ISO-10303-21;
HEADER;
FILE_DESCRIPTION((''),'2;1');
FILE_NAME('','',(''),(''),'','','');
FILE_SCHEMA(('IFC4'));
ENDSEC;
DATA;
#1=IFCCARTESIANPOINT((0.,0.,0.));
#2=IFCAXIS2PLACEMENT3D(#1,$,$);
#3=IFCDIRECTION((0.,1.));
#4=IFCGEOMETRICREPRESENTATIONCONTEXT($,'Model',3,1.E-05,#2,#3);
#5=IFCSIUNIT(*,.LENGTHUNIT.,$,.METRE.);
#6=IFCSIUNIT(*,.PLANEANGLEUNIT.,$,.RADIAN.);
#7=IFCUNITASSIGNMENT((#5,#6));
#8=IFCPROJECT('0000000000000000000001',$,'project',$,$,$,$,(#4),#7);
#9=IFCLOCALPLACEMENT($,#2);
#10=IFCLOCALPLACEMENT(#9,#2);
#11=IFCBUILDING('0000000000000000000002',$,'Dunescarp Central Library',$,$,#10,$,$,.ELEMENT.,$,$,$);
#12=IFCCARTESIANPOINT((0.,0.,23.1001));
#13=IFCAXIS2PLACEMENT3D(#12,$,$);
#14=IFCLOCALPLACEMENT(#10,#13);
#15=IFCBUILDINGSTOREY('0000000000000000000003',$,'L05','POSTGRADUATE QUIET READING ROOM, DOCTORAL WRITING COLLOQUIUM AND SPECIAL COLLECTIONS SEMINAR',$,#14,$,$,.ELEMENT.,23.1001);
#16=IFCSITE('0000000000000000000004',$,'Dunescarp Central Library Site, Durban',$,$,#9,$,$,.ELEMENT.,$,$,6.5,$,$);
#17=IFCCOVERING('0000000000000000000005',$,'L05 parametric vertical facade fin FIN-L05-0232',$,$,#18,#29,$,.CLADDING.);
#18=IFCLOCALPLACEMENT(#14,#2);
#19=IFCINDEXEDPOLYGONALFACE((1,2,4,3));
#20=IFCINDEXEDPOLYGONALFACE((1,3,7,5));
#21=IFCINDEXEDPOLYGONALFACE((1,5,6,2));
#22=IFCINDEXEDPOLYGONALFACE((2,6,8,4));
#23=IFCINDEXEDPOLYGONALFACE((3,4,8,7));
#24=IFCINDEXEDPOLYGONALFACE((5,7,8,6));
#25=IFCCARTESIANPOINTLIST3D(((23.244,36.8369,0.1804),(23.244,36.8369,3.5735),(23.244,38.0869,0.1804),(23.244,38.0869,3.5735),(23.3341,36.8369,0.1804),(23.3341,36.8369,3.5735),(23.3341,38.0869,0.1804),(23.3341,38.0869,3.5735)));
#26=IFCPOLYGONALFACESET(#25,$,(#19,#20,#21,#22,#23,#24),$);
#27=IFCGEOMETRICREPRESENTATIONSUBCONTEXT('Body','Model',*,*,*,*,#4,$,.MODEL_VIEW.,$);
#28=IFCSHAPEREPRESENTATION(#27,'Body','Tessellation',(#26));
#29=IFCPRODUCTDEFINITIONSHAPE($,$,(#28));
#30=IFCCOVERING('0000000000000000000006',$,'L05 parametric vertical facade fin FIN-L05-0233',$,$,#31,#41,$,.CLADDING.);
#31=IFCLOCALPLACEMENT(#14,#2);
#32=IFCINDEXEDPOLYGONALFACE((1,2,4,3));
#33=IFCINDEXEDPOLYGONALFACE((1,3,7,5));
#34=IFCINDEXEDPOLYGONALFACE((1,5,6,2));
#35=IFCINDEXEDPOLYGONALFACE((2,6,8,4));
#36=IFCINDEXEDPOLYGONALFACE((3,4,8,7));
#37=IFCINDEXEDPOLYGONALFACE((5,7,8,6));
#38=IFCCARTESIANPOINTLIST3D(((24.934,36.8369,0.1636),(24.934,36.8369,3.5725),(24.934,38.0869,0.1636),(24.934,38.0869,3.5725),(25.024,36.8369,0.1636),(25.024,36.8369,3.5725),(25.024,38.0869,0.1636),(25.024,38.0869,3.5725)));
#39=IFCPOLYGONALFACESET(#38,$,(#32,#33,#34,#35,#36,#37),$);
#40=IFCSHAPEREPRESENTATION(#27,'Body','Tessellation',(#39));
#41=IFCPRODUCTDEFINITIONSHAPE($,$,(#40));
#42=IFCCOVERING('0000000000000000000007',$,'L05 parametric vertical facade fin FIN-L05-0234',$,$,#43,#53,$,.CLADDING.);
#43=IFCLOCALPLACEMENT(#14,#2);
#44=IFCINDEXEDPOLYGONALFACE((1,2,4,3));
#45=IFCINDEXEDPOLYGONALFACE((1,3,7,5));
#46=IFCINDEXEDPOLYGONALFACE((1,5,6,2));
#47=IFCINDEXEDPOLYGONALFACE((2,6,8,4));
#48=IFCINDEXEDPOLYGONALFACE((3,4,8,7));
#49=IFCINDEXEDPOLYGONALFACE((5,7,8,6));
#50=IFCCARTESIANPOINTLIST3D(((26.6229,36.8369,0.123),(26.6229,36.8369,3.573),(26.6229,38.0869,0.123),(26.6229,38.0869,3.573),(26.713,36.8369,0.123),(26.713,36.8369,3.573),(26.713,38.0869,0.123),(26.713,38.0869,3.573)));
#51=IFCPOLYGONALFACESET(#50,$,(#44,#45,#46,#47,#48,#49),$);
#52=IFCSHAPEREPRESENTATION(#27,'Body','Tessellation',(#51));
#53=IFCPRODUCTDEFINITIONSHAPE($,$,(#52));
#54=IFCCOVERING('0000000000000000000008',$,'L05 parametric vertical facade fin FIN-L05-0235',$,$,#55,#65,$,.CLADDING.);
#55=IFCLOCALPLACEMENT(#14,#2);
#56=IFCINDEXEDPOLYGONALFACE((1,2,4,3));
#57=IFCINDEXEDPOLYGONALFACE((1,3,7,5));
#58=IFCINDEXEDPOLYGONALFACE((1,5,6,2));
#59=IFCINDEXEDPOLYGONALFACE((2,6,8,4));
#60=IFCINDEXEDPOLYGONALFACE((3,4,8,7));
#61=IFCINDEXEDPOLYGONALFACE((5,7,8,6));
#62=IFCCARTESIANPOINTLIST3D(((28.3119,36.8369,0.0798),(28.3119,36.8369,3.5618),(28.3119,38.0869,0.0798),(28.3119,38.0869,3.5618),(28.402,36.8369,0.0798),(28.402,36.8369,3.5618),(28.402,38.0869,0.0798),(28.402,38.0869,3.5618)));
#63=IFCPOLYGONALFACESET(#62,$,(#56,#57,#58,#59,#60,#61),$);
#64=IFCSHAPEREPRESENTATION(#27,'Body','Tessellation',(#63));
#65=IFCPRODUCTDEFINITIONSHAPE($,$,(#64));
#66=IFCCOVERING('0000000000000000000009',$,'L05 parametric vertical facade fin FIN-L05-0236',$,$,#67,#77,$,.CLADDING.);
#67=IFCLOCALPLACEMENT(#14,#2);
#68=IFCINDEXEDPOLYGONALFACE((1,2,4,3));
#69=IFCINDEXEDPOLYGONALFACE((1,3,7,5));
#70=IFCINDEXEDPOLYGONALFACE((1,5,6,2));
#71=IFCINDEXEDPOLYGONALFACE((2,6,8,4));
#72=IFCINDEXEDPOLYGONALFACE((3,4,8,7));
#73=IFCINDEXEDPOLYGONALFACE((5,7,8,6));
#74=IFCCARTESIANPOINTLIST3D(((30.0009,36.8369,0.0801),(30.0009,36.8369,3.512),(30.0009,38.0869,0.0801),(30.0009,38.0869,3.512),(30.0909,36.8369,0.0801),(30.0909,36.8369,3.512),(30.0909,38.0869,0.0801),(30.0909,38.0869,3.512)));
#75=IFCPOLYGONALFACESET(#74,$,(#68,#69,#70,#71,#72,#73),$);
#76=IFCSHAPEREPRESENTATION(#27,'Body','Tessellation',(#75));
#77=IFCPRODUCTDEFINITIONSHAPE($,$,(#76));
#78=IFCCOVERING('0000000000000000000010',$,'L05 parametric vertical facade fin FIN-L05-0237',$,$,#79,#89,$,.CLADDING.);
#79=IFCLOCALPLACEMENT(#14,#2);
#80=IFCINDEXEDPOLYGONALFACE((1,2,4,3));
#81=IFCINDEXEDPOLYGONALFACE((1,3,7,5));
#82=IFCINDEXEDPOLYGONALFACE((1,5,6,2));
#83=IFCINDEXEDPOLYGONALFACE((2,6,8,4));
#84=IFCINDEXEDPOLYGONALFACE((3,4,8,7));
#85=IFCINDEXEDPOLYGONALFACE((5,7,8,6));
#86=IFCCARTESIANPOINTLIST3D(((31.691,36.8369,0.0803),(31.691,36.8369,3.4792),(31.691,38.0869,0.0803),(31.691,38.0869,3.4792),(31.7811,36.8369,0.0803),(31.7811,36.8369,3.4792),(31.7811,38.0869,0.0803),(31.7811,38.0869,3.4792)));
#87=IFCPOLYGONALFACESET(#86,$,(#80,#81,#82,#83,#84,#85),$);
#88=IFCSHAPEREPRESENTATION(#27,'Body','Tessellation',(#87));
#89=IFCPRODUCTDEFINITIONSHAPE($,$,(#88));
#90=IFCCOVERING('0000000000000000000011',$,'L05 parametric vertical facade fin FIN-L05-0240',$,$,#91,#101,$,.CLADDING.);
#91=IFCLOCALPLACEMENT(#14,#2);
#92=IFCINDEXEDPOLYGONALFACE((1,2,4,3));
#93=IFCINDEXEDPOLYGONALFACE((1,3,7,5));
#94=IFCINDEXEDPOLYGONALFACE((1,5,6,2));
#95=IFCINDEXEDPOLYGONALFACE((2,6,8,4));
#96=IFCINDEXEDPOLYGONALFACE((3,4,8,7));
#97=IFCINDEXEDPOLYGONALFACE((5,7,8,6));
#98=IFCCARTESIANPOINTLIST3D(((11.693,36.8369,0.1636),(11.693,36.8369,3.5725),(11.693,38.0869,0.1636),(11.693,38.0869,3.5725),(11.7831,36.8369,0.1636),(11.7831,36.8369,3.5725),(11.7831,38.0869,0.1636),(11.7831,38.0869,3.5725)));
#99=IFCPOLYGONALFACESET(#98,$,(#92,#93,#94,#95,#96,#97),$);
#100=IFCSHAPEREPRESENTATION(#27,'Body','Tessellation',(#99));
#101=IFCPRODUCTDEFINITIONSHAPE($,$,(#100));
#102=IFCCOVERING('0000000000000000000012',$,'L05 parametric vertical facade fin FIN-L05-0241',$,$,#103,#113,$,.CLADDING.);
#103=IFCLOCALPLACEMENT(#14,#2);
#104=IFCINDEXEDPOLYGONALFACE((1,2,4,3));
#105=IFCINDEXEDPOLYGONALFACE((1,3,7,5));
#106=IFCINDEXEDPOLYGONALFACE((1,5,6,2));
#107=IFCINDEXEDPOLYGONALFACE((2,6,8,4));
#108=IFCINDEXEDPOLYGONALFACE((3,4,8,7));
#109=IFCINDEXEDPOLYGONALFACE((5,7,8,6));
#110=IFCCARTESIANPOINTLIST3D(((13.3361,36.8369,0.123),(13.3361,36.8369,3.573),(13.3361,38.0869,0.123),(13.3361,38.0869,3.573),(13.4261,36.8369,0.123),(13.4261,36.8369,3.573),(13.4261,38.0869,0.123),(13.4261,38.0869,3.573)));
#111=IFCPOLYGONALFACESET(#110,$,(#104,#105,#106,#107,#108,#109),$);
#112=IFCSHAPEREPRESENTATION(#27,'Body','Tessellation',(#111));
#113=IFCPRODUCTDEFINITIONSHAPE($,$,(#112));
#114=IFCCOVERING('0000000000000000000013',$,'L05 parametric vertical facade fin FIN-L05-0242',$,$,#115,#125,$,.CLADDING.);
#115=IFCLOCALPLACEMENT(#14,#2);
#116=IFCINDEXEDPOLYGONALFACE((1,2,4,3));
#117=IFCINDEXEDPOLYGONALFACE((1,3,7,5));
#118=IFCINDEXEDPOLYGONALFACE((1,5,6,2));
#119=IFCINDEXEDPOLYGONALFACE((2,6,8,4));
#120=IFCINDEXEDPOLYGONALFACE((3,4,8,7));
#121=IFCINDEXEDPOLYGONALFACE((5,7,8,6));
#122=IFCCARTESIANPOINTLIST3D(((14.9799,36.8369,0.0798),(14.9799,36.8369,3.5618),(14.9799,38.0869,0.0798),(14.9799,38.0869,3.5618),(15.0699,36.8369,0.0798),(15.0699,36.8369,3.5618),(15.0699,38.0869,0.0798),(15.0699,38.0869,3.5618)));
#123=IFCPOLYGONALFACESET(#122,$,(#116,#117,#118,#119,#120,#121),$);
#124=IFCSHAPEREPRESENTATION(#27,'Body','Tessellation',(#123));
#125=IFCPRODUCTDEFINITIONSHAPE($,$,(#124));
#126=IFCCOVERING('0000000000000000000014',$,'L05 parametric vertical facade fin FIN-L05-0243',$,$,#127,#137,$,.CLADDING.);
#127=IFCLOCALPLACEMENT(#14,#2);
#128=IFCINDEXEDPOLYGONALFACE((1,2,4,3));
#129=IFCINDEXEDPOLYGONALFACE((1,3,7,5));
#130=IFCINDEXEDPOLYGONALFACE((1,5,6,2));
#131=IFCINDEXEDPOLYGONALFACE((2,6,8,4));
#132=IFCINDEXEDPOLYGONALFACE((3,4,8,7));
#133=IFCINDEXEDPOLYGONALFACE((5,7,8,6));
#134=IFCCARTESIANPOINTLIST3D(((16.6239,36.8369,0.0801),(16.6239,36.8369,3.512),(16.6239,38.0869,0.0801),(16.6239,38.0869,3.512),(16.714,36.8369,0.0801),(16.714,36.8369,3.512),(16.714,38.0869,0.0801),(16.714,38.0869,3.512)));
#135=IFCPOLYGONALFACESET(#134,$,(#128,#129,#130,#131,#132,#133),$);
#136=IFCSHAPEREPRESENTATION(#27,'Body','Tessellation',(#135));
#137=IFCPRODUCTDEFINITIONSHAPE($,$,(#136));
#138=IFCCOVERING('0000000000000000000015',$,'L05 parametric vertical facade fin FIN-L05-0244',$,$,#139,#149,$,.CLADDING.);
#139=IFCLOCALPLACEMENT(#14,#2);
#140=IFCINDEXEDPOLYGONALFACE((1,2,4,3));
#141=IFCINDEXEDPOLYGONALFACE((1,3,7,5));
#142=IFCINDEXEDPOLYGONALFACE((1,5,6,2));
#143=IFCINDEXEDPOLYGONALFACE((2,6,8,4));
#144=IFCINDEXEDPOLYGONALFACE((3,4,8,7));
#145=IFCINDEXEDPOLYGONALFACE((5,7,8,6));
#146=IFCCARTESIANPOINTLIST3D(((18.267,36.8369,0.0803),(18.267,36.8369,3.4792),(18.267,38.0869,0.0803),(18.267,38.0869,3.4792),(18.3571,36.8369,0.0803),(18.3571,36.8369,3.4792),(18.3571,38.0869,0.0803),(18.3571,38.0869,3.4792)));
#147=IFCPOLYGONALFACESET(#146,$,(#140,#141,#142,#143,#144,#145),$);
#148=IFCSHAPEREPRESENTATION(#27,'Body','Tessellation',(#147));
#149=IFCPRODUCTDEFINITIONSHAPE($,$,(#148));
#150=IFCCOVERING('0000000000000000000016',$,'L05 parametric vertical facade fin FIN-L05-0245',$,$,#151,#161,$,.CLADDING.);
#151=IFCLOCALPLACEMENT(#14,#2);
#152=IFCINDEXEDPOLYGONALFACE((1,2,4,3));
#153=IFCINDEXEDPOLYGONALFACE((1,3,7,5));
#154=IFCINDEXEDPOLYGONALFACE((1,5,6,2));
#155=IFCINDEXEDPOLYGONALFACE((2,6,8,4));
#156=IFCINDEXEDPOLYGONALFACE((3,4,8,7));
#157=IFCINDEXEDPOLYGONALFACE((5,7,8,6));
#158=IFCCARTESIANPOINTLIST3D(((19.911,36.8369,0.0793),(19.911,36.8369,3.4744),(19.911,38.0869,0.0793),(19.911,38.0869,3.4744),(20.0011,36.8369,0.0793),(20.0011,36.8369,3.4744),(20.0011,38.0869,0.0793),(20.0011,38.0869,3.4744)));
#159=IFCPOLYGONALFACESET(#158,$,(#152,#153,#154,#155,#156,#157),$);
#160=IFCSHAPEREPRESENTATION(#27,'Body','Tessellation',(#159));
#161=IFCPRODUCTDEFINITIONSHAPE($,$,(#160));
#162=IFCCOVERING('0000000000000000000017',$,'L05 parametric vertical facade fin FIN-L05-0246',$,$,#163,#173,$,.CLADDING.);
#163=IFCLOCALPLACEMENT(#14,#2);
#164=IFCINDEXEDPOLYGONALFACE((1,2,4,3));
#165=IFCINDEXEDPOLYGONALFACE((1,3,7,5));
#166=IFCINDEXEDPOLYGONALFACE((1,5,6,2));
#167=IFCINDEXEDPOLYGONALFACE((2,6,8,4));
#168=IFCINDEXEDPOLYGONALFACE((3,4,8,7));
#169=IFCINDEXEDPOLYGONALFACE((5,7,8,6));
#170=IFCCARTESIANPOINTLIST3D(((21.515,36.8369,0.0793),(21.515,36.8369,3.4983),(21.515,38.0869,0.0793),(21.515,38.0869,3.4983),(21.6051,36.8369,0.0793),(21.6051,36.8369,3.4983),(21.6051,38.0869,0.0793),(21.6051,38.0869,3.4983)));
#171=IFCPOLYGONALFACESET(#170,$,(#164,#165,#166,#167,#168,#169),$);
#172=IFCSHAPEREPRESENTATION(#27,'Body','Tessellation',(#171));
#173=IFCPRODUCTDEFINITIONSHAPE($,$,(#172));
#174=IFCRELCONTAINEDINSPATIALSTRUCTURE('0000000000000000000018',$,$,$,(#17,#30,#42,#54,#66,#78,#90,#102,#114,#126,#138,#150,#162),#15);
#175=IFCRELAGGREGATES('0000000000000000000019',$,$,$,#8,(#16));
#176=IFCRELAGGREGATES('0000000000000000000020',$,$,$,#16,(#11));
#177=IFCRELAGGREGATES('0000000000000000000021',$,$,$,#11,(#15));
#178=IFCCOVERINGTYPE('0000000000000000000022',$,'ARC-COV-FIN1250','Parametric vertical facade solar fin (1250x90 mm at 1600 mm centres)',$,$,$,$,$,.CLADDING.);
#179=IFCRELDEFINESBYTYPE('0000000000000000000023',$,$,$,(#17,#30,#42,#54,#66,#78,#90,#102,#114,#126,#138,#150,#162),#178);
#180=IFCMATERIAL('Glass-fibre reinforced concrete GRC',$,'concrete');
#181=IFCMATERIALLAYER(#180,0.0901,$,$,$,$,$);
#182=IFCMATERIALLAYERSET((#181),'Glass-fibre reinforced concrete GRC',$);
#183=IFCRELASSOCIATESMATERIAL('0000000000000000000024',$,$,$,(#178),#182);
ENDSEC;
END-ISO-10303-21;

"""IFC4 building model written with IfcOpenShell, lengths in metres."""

from ifc_helpers import new_model, si_unit, direction, frame, origin, origin_2d, place, context, subcontext, project, spatial, rectangle, extrude, material, layer, layer_set, type_object, element, save


model = new_model("IFC4")

# Units and contexts
model_context = context("Model", 3, precision=1e-05, world=origin(), true_north=direction((0.0, 1.0)))
body_context = subcontext(model_context, "Body", "Model", "MODEL_VIEW")
ifc_project = project(units=[si_unit("LENGTHUNIT", "METRE"), si_unit("PLANEANGLEUNIT", "RADIAN")], contexts=[model_context])

# Site, building, storey
site_placement = place(None, origin())
site = spatial("IfcSite", under=ifc_project, at=site_placement, Name="Dunescarp Central Library Site, Durban", CompositionType="ELEMENT", RefElevation=6.5)
building_placement = place(site_placement, origin())
building = spatial("IfcBuilding", under=site, at=building_placement, Name="Dunescarp Central Library", CompositionType="ELEMENT")
storey_placement = place(building_placement, frame((0.0, 0.0, 23.1001)))
storey = spatial("IfcBuildingStorey", under=building, at=storey_placement, Name="L05", Description="POSTGRADUATE QUIET READING ROOM, DOCTORAL WRITING COLLOQUIUM AND SPECIAL COLLECTIONS SEMINAR", CompositionType="ELEMENT", Elevation=23.1001)

# Coverings
ifc_material_1 = material(Name="Glass-fibre reinforced concrete GRC", Category="concrete")
ifc_layer = layer(ifc_material_1, 0.0901)
ifc_layer_set = layer_set([ifc_layer], Name="Glass-fibre reinforced concrete GRC")
covering_type = type_object("IfcCoveringType", Name="ARC-COV-FIN1250", Description="Parametric vertical facade solar fin (1250x90 mm at 1600 mm centres)", PredefinedType="CLADDING", material=ifc_layer_set)
covering_1_placement = place(storey_placement, frame((23.2891, 37.4619, 0.1804), z_axis=(0.0, 0.0, 1.0), x_axis=(0.0, 1.0, 0.0)))
element("IfcCovering", 1, at=covering_1_placement, inside=storey, type_object=covering_type, Name="L05 parametric vertical facade fin FIN-L05-0232", PredefinedType="CLADDING", context=body_context, shape_type="SweptSolid", body=[
    extrude(rectangle(XDim=1.25, YDim=0.0901, at=origin_2d()), origin(), (0.0, 0.0, 1.0), 3.3931),
])
covering_2_placement = place(storey_placement, frame((24.979, 37.4619, 0.1636), z_axis=(0.0, 0.0, 1.0), x_axis=(0.0, 1.0, 0.0)))
element("IfcCovering", 2, at=covering_2_placement, inside=storey, type_object=covering_type, Name="L05 parametric vertical facade fin FIN-L05-0233", PredefinedType="CLADDING", context=body_context, shape_type="SweptSolid", body=[
    extrude(rectangle(XDim=1.25, YDim=0.0901, at=origin_2d()), origin(), (0.0, 0.0, 1.0), 3.4089),
])
covering_3_placement = place(storey_placement, frame((26.668, 37.4619, 0.123), z_axis=(0.0, 0.0, 1.0), x_axis=(0.0, 1.0, 0.0)))
element("IfcCovering", 3, at=covering_3_placement, inside=storey, type_object=covering_type, Name="L05 parametric vertical facade fin FIN-L05-0234", PredefinedType="CLADDING", context=body_context, shape_type="SweptSolid", body=[
    extrude(rectangle(XDim=1.25, YDim=0.0901, at=origin_2d()), origin(), (0.0, 0.0, 1.0), 3.45),
])
covering_4_placement = place(storey_placement, frame((28.3569, 37.4619, 0.0798), z_axis=(0.0, 0.0, 1.0), x_axis=(0.0, 1.0, 0.0)))
element("IfcCovering", 4, at=covering_4_placement, inside=storey, type_object=covering_type, Name="L05 parametric vertical facade fin FIN-L05-0235", PredefinedType="CLADDING", context=body_context, shape_type="SweptSolid", body=[
    extrude(rectangle(XDim=1.25, YDim=0.0901, at=origin_2d()), origin(), (0.0, 0.0, 1.0), 3.4819),
])
covering_5_placement = place(storey_placement, frame((30.0459, 37.4619, 0.0801), z_axis=(0.0, 0.0, 1.0), x_axis=(0.0, 1.0, 0.0)))
element("IfcCovering", 5, at=covering_5_placement, inside=storey, type_object=covering_type, Name="L05 parametric vertical facade fin FIN-L05-0236", PredefinedType="CLADDING", context=body_context, shape_type="SweptSolid", body=[
    extrude(rectangle(XDim=1.25, YDim=0.0901, at=origin_2d()), origin(), (0.0, 0.0, 1.0), 3.4319),
])
covering_6_placement = place(storey_placement, frame((31.7361, 37.4619, 0.0803), z_axis=(0.0, 0.0, 1.0), x_axis=(0.0, 1.0, 0.0)))
element("IfcCovering", 6, at=covering_6_placement, inside=storey, type_object=covering_type, Name="L05 parametric vertical facade fin FIN-L05-0237", PredefinedType="CLADDING", context=body_context, shape_type="SweptSolid", body=[
    extrude(rectangle(XDim=1.25, YDim=0.0901, at=origin_2d()), origin(), (0.0, 0.0, 1.0), 3.3989),
])
covering_7_placement = place(storey_placement, frame((11.738, 37.4619, 0.1636), z_axis=(0.0, 0.0, 1.0), x_axis=(0.0, 1.0, 0.0)))
element("IfcCovering", 7, at=covering_7_placement, inside=storey, type_object=covering_type, Name="L05 parametric vertical facade fin FIN-L05-0240", PredefinedType="CLADDING", context=body_context, shape_type="SweptSolid", body=[
    extrude(rectangle(XDim=1.25, YDim=0.0901, at=origin_2d()), origin(), (0.0, 0.0, 1.0), 3.4089),
])
covering_8_placement = place(storey_placement, frame((13.3811, 37.4619, 0.123), z_axis=(0.0, 0.0, 1.0), x_axis=(0.0, 1.0, 0.0)))
element("IfcCovering", 8, at=covering_8_placement, inside=storey, type_object=covering_type, Name="L05 parametric vertical facade fin FIN-L05-0241", PredefinedType="CLADDING", context=body_context, shape_type="SweptSolid", body=[
    extrude(rectangle(XDim=1.25, YDim=0.0901, at=origin_2d()), origin(), (0.0, 0.0, 1.0), 3.45),
])
covering_9_placement = place(storey_placement, frame((15.0249, 37.4619, 0.0798), z_axis=(0.0, 0.0, 1.0), x_axis=(0.0, 1.0, 0.0)))
element("IfcCovering", 9, at=covering_9_placement, inside=storey, type_object=covering_type, Name="L05 parametric vertical facade fin FIN-L05-0242", PredefinedType="CLADDING", context=body_context, shape_type="SweptSolid", body=[
    extrude(rectangle(XDim=1.25, YDim=0.0901, at=origin_2d()), origin(), (0.0, 0.0, 1.0), 3.4819),
])
covering_10_placement = place(storey_placement, frame((16.6689, 37.4619, 0.0801), z_axis=(0.0, 0.0, 1.0), x_axis=(0.0, 1.0, 0.0)))
element("IfcCovering", 10, at=covering_10_placement, inside=storey, type_object=covering_type, Name="L05 parametric vertical facade fin FIN-L05-0243", PredefinedType="CLADDING", context=body_context, shape_type="SweptSolid", body=[
    extrude(rectangle(XDim=1.25, YDim=0.0901, at=origin_2d()), origin(), (0.0, 0.0, 1.0), 3.4319),
])
covering_11_placement = place(storey_placement, frame((18.312, 37.4619, 0.0803), z_axis=(0.0, 0.0, 1.0), x_axis=(0.0, 1.0, 0.0)))
element("IfcCovering", 11, at=covering_11_placement, inside=storey, type_object=covering_type, Name="L05 parametric vertical facade fin FIN-L05-0244", PredefinedType="CLADDING", context=body_context, shape_type="SweptSolid", body=[
    extrude(rectangle(XDim=1.25, YDim=0.0901, at=origin_2d()), origin(), (0.0, 0.0, 1.0), 3.3989),
])
covering_12_placement = place(storey_placement, frame((19.9561, 37.4619, 0.0793), z_axis=(0.0, 0.0, 1.0), x_axis=(0.0, 1.0, 0.0)))
element("IfcCovering", 12, at=covering_12_placement, inside=storey, type_object=covering_type, Name="L05 parametric vertical facade fin FIN-L05-0245", PredefinedType="CLADDING", context=body_context, shape_type="SweptSolid", body=[
    extrude(rectangle(XDim=1.25, YDim=0.0901, at=origin_2d()), origin(), (0.0, 0.0, 1.0), 3.395),
])
covering_13_placement = place(storey_placement, frame((21.5601, 37.4619, 0.0793), z_axis=(0.0, 0.0, 1.0), x_axis=(0.0, 1.0, 0.0)))
element("IfcCovering", 13, at=covering_13_placement, inside=storey, type_object=covering_type, Name="L05 parametric vertical facade fin FIN-L05-0246", PredefinedType="CLADDING", context=body_context, shape_type="SweptSolid", body=[
    extrude(rectangle(XDim=1.25, YDim=0.0901, at=origin_2d()), origin(), (0.0, 0.0, 1.0), 3.4189),
])

save(model, "model.ifc")
